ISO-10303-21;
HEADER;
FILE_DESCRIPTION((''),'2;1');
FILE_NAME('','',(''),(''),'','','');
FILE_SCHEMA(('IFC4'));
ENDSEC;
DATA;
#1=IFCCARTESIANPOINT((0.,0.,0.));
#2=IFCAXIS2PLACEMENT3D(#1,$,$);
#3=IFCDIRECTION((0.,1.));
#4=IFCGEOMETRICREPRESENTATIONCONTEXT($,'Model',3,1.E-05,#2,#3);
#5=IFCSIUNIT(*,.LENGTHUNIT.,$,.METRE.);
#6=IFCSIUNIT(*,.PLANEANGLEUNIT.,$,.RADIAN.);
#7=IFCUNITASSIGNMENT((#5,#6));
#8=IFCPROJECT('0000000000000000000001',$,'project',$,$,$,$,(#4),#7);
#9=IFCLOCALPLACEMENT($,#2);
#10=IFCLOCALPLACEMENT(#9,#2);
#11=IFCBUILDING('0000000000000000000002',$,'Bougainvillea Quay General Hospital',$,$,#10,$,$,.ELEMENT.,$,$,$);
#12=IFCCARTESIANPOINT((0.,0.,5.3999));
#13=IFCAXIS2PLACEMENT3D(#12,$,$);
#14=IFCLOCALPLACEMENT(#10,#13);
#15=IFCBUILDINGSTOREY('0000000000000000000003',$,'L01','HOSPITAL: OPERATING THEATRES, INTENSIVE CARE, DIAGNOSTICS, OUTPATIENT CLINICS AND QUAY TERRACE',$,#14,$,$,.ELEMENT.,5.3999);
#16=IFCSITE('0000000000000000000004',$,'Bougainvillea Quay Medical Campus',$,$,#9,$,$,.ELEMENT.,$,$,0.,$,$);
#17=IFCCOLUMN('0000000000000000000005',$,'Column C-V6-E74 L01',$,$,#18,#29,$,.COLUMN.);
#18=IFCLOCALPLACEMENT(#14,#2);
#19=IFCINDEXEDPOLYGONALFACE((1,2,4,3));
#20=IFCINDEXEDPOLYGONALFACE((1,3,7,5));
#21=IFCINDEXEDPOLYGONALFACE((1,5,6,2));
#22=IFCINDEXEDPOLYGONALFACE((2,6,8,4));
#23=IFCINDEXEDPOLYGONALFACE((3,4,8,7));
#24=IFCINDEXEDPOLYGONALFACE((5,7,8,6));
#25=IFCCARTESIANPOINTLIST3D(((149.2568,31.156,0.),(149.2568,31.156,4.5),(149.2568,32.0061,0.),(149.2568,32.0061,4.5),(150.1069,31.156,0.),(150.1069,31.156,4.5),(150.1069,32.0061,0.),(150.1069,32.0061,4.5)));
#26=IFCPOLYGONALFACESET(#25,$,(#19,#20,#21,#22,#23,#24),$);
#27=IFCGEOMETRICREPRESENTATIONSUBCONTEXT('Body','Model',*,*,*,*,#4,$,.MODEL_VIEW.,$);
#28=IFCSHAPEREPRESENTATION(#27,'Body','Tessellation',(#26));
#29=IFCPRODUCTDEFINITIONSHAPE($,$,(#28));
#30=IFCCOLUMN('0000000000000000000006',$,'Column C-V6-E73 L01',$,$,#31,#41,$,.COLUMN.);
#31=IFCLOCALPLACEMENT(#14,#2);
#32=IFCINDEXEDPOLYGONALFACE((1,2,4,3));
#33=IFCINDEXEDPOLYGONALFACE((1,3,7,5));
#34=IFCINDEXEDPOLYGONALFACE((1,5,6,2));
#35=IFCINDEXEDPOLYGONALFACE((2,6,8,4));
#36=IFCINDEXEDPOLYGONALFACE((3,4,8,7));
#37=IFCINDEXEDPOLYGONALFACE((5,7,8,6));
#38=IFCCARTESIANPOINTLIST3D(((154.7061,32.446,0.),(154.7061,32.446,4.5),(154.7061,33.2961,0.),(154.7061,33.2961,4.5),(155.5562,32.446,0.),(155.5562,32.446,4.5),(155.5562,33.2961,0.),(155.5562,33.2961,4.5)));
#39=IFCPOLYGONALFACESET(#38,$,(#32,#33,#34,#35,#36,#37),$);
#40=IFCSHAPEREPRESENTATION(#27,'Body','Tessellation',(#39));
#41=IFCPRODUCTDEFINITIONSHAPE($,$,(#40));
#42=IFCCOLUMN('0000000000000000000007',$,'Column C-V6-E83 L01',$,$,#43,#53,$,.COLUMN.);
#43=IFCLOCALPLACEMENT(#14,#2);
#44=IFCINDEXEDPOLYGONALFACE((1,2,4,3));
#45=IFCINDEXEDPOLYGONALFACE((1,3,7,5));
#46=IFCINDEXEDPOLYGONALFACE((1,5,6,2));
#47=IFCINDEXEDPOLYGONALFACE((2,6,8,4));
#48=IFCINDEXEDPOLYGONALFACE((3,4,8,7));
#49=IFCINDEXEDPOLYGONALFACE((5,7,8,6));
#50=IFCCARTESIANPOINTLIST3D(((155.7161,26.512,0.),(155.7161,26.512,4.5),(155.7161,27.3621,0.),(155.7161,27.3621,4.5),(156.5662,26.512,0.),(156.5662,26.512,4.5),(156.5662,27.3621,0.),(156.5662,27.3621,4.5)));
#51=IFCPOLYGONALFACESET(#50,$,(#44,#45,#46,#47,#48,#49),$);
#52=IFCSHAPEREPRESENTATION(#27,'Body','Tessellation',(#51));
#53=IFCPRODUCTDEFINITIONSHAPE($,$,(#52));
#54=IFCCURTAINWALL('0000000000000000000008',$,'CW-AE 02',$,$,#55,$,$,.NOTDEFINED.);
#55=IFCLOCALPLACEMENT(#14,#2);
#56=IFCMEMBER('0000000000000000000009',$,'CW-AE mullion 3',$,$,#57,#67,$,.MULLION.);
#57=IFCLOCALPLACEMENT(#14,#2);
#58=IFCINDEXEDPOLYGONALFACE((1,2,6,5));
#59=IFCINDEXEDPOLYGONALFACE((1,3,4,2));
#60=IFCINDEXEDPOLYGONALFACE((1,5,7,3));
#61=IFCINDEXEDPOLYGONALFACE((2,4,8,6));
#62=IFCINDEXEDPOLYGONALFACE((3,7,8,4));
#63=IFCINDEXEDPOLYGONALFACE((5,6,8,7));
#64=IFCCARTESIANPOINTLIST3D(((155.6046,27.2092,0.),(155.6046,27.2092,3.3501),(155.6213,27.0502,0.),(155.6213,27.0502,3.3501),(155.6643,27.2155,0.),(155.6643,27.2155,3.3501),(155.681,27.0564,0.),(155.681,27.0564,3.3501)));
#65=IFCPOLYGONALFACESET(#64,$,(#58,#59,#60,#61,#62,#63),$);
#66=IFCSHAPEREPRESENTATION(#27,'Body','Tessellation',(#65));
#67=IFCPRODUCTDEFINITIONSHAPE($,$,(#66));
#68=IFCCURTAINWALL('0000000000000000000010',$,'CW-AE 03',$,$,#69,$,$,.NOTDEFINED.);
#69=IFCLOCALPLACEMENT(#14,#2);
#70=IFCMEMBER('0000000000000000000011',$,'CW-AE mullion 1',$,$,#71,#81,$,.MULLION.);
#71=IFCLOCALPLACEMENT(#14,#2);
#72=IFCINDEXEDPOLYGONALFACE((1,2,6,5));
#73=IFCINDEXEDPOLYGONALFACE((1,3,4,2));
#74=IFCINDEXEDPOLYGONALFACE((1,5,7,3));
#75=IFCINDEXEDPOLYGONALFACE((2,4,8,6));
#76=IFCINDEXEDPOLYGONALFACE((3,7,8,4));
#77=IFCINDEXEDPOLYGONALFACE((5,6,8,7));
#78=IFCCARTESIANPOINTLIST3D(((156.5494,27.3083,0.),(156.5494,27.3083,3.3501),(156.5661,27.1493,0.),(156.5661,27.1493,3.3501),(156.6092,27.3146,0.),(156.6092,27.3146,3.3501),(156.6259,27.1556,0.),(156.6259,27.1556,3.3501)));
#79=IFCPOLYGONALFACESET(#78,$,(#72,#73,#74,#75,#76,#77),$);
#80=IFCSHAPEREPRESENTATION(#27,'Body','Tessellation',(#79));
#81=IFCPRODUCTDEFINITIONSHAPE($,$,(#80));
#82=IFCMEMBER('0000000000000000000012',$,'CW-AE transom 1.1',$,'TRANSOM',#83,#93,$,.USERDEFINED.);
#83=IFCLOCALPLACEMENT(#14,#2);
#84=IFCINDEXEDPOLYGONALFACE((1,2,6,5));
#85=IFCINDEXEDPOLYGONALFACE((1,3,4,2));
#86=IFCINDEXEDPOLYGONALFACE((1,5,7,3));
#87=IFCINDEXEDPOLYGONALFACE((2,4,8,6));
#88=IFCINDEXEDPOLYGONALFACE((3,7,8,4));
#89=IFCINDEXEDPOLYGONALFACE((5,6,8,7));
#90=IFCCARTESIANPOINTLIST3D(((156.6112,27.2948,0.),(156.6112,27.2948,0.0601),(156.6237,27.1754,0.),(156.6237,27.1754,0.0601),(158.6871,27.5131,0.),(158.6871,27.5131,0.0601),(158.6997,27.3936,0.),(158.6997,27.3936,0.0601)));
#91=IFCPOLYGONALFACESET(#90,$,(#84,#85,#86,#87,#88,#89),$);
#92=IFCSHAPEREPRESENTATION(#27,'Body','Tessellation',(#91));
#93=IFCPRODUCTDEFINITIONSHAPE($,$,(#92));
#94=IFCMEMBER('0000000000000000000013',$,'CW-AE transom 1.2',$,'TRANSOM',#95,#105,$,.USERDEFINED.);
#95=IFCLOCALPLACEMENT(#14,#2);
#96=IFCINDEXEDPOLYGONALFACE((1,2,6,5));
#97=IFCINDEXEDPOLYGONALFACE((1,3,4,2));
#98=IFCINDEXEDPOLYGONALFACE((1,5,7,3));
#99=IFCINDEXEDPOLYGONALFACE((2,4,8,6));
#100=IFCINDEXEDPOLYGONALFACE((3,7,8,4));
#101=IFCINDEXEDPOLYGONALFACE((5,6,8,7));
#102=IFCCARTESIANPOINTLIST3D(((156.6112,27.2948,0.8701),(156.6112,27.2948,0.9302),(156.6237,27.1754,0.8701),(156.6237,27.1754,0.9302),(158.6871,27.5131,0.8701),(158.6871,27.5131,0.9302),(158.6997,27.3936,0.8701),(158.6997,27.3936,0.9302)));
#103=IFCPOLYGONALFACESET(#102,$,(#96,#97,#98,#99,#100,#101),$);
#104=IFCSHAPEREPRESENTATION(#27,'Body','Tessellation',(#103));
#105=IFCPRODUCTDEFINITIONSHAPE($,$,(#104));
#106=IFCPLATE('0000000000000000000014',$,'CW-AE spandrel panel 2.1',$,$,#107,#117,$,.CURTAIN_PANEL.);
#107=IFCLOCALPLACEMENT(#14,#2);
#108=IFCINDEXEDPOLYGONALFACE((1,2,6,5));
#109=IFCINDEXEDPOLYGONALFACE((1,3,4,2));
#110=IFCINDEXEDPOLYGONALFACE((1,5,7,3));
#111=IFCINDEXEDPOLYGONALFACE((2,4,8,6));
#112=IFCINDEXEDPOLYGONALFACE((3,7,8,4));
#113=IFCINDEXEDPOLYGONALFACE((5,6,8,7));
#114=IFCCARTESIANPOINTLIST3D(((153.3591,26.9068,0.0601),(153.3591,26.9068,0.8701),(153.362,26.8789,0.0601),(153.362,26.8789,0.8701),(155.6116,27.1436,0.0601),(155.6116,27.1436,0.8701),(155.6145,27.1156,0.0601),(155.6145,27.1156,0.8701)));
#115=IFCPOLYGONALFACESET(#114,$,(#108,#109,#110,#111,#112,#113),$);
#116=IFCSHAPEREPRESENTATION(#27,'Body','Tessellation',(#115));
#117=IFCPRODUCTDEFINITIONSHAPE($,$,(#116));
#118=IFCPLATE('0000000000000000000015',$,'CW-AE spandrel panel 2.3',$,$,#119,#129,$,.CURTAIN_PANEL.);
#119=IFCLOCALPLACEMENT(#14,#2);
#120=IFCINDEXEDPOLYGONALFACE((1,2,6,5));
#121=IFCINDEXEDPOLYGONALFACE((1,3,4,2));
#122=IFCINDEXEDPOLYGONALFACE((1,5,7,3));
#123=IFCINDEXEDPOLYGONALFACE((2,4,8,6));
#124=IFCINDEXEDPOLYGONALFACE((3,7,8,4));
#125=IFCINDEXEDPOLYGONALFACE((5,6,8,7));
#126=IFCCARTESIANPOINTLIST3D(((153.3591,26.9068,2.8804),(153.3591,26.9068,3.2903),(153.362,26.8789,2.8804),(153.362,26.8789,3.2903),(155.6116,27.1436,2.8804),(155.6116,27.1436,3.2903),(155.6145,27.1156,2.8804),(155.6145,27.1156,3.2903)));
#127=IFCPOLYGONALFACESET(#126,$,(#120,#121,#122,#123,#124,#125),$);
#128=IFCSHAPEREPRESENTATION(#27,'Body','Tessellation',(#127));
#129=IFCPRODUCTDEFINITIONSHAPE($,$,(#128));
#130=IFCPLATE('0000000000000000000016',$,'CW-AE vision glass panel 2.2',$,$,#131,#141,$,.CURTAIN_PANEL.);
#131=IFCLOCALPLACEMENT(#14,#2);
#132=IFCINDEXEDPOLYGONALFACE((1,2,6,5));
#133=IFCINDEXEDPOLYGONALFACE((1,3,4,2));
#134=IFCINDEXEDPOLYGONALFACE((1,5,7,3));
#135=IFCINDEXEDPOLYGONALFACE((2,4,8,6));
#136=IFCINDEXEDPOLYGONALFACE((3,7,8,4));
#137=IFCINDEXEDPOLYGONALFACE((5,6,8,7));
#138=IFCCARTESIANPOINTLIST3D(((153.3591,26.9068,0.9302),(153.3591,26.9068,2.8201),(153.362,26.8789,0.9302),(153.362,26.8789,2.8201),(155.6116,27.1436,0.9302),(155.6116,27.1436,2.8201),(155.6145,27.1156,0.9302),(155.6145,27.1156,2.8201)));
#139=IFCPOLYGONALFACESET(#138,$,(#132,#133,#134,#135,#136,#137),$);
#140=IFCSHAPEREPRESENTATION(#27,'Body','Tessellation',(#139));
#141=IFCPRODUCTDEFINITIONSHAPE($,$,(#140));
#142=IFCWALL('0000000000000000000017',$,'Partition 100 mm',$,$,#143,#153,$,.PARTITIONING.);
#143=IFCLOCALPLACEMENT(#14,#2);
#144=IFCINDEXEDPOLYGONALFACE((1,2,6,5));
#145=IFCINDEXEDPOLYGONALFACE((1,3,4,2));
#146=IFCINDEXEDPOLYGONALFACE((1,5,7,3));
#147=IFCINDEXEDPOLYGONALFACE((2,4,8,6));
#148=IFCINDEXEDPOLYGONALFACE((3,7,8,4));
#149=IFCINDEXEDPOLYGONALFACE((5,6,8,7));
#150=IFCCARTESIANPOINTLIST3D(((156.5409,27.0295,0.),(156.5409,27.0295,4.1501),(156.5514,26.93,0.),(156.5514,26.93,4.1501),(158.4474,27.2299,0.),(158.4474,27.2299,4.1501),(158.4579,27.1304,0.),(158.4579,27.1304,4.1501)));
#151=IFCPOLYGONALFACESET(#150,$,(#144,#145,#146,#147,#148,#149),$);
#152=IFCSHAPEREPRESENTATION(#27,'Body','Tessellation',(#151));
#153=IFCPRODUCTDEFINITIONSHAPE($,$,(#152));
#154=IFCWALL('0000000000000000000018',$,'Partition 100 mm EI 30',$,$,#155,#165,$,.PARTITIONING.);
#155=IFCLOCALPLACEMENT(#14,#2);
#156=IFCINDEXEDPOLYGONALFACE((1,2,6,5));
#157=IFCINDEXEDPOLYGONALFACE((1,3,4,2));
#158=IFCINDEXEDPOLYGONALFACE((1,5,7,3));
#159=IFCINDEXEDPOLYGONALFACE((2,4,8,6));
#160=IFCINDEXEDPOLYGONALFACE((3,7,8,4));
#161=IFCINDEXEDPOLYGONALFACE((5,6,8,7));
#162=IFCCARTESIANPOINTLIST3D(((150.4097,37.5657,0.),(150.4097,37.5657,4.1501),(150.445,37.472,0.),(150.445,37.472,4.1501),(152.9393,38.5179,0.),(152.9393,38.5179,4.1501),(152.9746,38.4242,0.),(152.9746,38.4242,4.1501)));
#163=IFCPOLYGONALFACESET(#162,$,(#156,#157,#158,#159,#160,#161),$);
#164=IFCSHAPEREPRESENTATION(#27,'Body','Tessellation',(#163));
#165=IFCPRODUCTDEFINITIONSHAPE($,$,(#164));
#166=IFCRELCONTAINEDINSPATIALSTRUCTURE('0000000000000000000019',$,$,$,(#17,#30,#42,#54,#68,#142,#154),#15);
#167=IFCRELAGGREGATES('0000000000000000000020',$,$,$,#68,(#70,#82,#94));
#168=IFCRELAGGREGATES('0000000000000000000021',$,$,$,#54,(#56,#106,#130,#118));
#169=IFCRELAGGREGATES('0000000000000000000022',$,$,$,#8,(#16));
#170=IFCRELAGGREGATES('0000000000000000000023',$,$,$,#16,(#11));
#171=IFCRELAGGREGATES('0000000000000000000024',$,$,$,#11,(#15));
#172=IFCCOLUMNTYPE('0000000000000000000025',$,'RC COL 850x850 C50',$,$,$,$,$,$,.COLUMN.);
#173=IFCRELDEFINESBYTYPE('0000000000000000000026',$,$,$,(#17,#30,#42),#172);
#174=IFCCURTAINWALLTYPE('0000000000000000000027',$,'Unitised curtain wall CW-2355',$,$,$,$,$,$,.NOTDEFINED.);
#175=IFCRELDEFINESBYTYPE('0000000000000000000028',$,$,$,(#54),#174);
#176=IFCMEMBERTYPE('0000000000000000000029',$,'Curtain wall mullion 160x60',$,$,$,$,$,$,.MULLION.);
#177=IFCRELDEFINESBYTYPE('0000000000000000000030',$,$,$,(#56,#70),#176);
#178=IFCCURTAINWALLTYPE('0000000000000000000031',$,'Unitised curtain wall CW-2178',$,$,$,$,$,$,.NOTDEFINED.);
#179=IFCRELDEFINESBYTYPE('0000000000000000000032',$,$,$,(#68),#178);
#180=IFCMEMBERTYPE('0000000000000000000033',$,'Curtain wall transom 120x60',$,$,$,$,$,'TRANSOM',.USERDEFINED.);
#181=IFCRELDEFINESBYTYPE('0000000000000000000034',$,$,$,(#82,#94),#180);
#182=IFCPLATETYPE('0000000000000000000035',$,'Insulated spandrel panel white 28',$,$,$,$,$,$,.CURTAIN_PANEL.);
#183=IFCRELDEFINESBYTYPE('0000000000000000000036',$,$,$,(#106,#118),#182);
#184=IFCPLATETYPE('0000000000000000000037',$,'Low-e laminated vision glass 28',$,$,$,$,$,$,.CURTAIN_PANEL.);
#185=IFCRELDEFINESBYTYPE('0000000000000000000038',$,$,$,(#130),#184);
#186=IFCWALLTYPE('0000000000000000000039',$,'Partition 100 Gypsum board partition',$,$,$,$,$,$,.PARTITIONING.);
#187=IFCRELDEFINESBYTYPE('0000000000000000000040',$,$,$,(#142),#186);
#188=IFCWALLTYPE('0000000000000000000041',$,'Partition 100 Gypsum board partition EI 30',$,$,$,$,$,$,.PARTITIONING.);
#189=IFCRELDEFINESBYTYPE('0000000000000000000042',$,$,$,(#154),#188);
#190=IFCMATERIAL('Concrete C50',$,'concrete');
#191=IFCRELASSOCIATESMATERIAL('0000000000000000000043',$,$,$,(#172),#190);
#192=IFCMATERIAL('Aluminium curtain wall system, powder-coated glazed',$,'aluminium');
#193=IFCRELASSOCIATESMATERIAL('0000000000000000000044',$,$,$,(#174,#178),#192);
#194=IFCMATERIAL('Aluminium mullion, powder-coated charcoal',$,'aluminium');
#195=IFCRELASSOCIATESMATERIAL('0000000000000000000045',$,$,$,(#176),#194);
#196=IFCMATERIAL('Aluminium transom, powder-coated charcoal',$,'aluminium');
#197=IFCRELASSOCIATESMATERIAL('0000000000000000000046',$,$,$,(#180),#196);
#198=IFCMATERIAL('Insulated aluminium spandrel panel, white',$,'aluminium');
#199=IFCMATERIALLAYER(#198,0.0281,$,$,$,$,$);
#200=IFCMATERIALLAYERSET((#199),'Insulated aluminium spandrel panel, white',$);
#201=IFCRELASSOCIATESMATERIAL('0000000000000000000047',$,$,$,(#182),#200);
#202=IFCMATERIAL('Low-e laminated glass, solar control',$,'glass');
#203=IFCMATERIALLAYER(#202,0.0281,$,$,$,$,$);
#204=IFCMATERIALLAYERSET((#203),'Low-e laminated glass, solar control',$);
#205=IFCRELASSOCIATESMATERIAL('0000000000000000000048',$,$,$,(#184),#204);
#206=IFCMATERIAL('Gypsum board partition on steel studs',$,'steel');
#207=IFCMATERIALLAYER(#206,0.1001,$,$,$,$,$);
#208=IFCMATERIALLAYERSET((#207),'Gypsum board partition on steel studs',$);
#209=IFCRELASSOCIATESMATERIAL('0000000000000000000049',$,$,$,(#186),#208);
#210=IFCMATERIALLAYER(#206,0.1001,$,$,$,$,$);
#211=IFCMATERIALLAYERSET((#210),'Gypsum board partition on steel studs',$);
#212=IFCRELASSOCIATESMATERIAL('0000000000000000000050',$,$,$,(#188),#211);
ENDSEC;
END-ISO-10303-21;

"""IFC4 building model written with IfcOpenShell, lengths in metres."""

from ifc_helpers import new_model, si_unit, direction, frame, frame_2d, origin, origin_2d, place, context, subcontext, project, spatial, rectangle, extrude, material, layer, layer_set, material_profile, profile_set, type_object, element, aggregate, save


model = new_model("IFC4")

# Units and contexts
model_context = context("Model", 3, precision=1e-05, world=origin(), true_north=direction((0.0, 1.0)))
body_context = subcontext(model_context, "Body", "Model", "MODEL_VIEW")
ifc_project = project(units=[si_unit("LENGTHUNIT", "METRE"), si_unit("PLANEANGLEUNIT", "RADIAN")], contexts=[model_context])

# Site, building, storey
site_placement = place(None, origin())
site = spatial("IfcSite", under=ifc_project, at=site_placement, Name="Bougainvillea Quay Medical Campus", CompositionType="ELEMENT", RefElevation=0.0)
building_placement = place(site_placement, origin())
building = spatial("IfcBuilding", under=site, at=building_placement, Name="Bougainvillea Quay General Hospital", CompositionType="ELEMENT")
storey_placement = place(building_placement, frame((0.0, 0.0, 5.3999)))
storey = spatial("IfcBuildingStorey", under=building, at=storey_placement, Name="L01", Description="HOSPITAL: OPERATING THEATRES, INTENSIVE CARE, DIAGNOSTICS, OUTPATIENT CLINICS AND QUAY TERRACE", CompositionType="ELEMENT", Elevation=5.3999)

# Columns
ifc_material_1 = material(Name="Concrete C50", Category="concrete")
ifc_material_profile_1 = material_profile(ifc_material_1, rectangle(XDim=0.8501, YDim=0.8501, at=origin_2d()))
ifc_profile_set_1 = profile_set([ifc_material_profile_1], Name="Concrete C50")
column_type = type_object("IfcColumnType", Name="RC COL 850x850 C50", PredefinedType="COLUMN", material=ifc_profile_set_1)
for number, where, z_axis, x_axis, name in (
    (1, (149.6819, 31.5811, 0.0), (0.0, 0.0, 1.0), (1.0, 0.0, 0.0), "Column C-V6-E74 L01"),
    (2, (155.1311, 32.8711, 0.0), (0.0, 0.0, 1.0), (1.0, 0.0, 0.0), "Column C-V6-E73 L01"),
    (3, (156.1411, 26.937, 0.0), (0.0, 0.0, 1.0), (1.0, 0.0, 0.0), "Column C-V6-E83 L01"),
):
    element("IfcColumn", number, at=place(storey_placement, frame(where, z_axis=z_axis, x_axis=x_axis)), inside=storey, type_object=column_type, Name=name, PredefinedType="COLUMN", context=body_context, shape_type="SweptSolid", body=[
        extrude(rectangle(XDim=0.8501, YDim=0.8501, at=origin_2d()), origin(), (0.0, 0.0, 1.0), 4.5),
    ])

# Curtain wall, member
ifc_material_2 = material(Name="Aluminium curtain wall system, powder-coated glazed", Category="aluminium")
curtain_wall_type_1 = type_object("IfcCurtainWallType", Name="Unitised curtain wall CW-2355", PredefinedType="NOTDEFINED", material=ifc_material_2)
curtain_wall_1_placement = place(storey_placement, origin())
curtain_wall_1 = element("IfcCurtainWall", 4, at=curtain_wall_1_placement, inside=storey, type_object=curtain_wall_type_1, Name="CW-AE 02", PredefinedType="NOTDEFINED")
ifc_material_3 = material(Name="Aluminium mullion, powder-coated charcoal", Category="aluminium")
ifc_material_profile_2 = material_profile(ifc_material_3, rectangle(XDim=0.1599, YDim=0.0601, at=origin_2d()))
ifc_profile_set_2 = profile_set([ifc_material_profile_2], Name="Aluminium mullion, powder-coated charcoal")
member_type_1 = type_object("IfcMemberType", Name="Curtain wall mullion 160x60", PredefinedType="MULLION", material=ifc_profile_set_2)
member_1_placement = place(storey_placement, frame((155.6428, 27.1328, 0.0), z_axis=(0.0, 0.0, 1.0), x_axis=(-0.104527, 0.994522, 0.0)))
member_1 = element("IfcMember", 5, at=member_1_placement, type_object=member_type_1, Name="CW-AE mullion 3", PredefinedType="MULLION", context=body_context, shape_type="SweptSolid", body=[
    extrude(rectangle(XDim=0.1599, YDim=0.0601, at=origin_2d()), origin(), (0.0, 0.0, 1.0), 3.3501),
])

# Curtain wall, members
curtain_wall_type_2 = type_object("IfcCurtainWallType", Name="Unitised curtain wall CW-2178", PredefinedType="NOTDEFINED", material=ifc_material_2)
curtain_wall_2_placement = place(storey_placement, origin())
curtain_wall_2 = element("IfcCurtainWall", 6, at=curtain_wall_2_placement, inside=storey, type_object=curtain_wall_type_2, Name="CW-AE 03", PredefinedType="NOTDEFINED")
member_2_placement = place(storey_placement, frame((156.5876, 27.2319, 0.0), z_axis=(0.0, 0.0, 1.0), x_axis=(-0.104527, 0.994522, 0.0)))
member_2 = element("IfcMember", 7, at=member_2_placement, type_object=member_type_1, Name="CW-AE mullion 1", PredefinedType="MULLION", context=body_context, shape_type="SweptSolid", body=[
    extrude(rectangle(XDim=0.1599, YDim=0.0601, at=origin_2d()), origin(), (0.0, 0.0, 1.0), 3.3501),
])
ifc_material_4 = material(Name="Aluminium transom, powder-coated charcoal", Category="aluminium")
ifc_material_profile_3 = material_profile(ifc_material_4, rectangle(XDim=0.1201, YDim=0.0601, at=origin_2d()))
ifc_profile_set_3 = profile_set([ifc_material_profile_3], Name="Aluminium transom, powder-coated charcoal")
member_type_2 = type_object("IfcMemberType", Name="Curtain wall transom 120x60", ElementType="TRANSOM", PredefinedType="USERDEFINED", material=ifc_profile_set_3)
member_3_placement = place(storey_placement, frame((156.6174, 27.2351, 0.03), z_axis=(0.994518, 0.104563, 0.0), x_axis=(-0.104563, 0.994518, 0.0)))
member_3 = element("IfcMember", 8, at=member_3_placement, type_object=member_type_2, Name="CW-AE transom 1.1", ObjectType="TRANSOM", PredefinedType="USERDEFINED", context=body_context, shape_type="SweptSolid", body=[
    extrude(rectangle(XDim=0.1201, YDim=0.0601, at=origin_2d()), origin(), (0.0, 0.0, 1.0), 2.0874),
])
member_4_placement = place(storey_placement, frame((156.6174, 27.2351, 0.9001), z_axis=(0.994518, 0.104563, 0.0), x_axis=(-0.104563, 0.994518, 0.0)))
member_4 = element("IfcMember", 9, at=member_4_placement, type_object=member_type_2, Name="CW-AE transom 1.2", ObjectType="TRANSOM", PredefinedType="USERDEFINED", context=body_context, shape_type="SweptSolid", body=[
    extrude(rectangle(XDim=0.1201, YDim=0.0601, at=origin_2d()), origin(), (0.0, 0.0, 1.0), 2.0874),
])
aggregate(curtain_wall_2, [member_2, member_3, member_4])

# Plates
ifc_material_5 = material(Name="Insulated aluminium spandrel panel, white", Category="aluminium")
ifc_layer_1 = layer(ifc_material_5, 0.0281)
ifc_layer_set_1 = layer_set([ifc_layer_1], Name="Insulated aluminium spandrel panel, white")
plate_type_1 = type_object("IfcPlateType", Name="Insulated spandrel panel white 28", PredefinedType="CURTAIN_PANEL", material=ifc_layer_set_1)
plate_1_placement = place(storey_placement, frame((154.4868, 27.0112, 0.0601), z_axis=(0.0, 0.0, 1.0), x_axis=(0.994522, 0.104527, 0.0)))
plate_1 = element("IfcPlate", 10, at=plate_1_placement, type_object=plate_type_1, Name="CW-AE spandrel panel 2.1", PredefinedType="CURTAIN_PANEL", context=body_context, shape_type="SweptSolid", body=[
    extrude(rectangle(XDim=2.2649, YDim=0.0281, at=origin_2d()), origin(), (0.0, 0.0, 1.0), 0.8101),
])
plate_2_placement = place(storey_placement, frame((154.4868, 27.0112, 2.8804), z_axis=(0.0, 0.0, 1.0), x_axis=(0.994522, 0.104527, 0.0)))
plate_2 = element("IfcPlate", 11, at=plate_2_placement, type_object=plate_type_1, Name="CW-AE spandrel panel 2.3", PredefinedType="CURTAIN_PANEL", context=body_context, shape_type="SweptSolid", body=[
    extrude(rectangle(XDim=2.2649, YDim=0.0281, at=origin_2d()), origin(), (0.0, 0.0, 1.0), 0.4099),
])
ifc_material_6 = material(Name="Low-e laminated glass, solar control", Category="glass")
ifc_layer_2 = layer(ifc_material_6, 0.0281)
ifc_layer_set_2 = layer_set([ifc_layer_2], Name="Low-e laminated glass, solar control")
plate_type_2 = type_object("IfcPlateType", Name="Low-e laminated vision glass 28", PredefinedType="CURTAIN_PANEL", material=ifc_layer_set_2)
plate_3_placement = place(storey_placement, frame((154.4868, 27.0112, 0.9302), z_axis=(0.0, 0.0, 1.0), x_axis=(0.994522, 0.104527, 0.0)))
plate_3 = element("IfcPlate", 12, at=plate_3_placement, type_object=plate_type_2, Name="CW-AE vision glass panel 2.2", PredefinedType="CURTAIN_PANEL", context=body_context, shape_type="SweptSolid", body=[
    extrude(rectangle(XDim=2.2649, YDim=0.0281, at=origin_2d()), origin(), (0.0, 0.0, 1.0), 1.8899),
])
aggregate(curtain_wall_1, [member_1, plate_1, plate_3, plate_2])

# Walls
ifc_material_7 = material(Name="Gypsum board partition on steel studs", Category="steel")
ifc_layer_3 = layer(ifc_material_7, 0.1001)
ifc_layer_set_3 = layer_set([ifc_layer_3], Name="Gypsum board partition on steel studs")
wall_type_1 = type_object("IfcWallType", Name="Partition 100 Gypsum board partition", PredefinedType="PARTITIONING", material=ifc_layer_set_3)
wall_1_placement = place(storey_placement, frame((156.5461, 26.9797, 0.0), z_axis=(0.0, 0.0, 1.0), x_axis=(0.994519, 0.104559, 0.0)))
element("IfcWall", 13, at=wall_1_placement, inside=storey, type_object=wall_type_1, Name="Partition 100 mm", PredefinedType="PARTITIONING", context=body_context, shape_type="SweptSolid", body=[
    extrude(rectangle(XDim=1.917, YDim=0.1001, at=frame_2d((0.9585, 0.0))), origin(), (0.0, 0.0, 1.0), 4.1501),
])
ifc_layer_4 = layer(ifc_material_7, 0.1001)
ifc_layer_set_4 = layer_set([ifc_layer_4], Name="Gypsum board partition on steel studs")
wall_type_2 = type_object("IfcWallType", Name="Partition 100 Gypsum board partition EI 30", PredefinedType="PARTITIONING", material=ifc_layer_set_4)
wall_2_placement = place(storey_placement, frame((150.4272, 37.5188, 0.0), z_axis=(0.0, 0.0, 1.0), x_axis=(0.935894, 0.352281, 0.0)))
element("IfcWall", 14, at=wall_2_placement, inside=storey, type_object=wall_type_2, Name="Partition 100 mm EI 30", PredefinedType="PARTITIONING", context=body_context, shape_type="SweptSolid", body=[
    extrude(rectangle(XDim=2.7029, YDim=0.1001, at=frame_2d((1.3516, 0.0))), origin(), (0.0, 0.0, 1.0), 4.1501),
])

save(model, "model.ifc")
